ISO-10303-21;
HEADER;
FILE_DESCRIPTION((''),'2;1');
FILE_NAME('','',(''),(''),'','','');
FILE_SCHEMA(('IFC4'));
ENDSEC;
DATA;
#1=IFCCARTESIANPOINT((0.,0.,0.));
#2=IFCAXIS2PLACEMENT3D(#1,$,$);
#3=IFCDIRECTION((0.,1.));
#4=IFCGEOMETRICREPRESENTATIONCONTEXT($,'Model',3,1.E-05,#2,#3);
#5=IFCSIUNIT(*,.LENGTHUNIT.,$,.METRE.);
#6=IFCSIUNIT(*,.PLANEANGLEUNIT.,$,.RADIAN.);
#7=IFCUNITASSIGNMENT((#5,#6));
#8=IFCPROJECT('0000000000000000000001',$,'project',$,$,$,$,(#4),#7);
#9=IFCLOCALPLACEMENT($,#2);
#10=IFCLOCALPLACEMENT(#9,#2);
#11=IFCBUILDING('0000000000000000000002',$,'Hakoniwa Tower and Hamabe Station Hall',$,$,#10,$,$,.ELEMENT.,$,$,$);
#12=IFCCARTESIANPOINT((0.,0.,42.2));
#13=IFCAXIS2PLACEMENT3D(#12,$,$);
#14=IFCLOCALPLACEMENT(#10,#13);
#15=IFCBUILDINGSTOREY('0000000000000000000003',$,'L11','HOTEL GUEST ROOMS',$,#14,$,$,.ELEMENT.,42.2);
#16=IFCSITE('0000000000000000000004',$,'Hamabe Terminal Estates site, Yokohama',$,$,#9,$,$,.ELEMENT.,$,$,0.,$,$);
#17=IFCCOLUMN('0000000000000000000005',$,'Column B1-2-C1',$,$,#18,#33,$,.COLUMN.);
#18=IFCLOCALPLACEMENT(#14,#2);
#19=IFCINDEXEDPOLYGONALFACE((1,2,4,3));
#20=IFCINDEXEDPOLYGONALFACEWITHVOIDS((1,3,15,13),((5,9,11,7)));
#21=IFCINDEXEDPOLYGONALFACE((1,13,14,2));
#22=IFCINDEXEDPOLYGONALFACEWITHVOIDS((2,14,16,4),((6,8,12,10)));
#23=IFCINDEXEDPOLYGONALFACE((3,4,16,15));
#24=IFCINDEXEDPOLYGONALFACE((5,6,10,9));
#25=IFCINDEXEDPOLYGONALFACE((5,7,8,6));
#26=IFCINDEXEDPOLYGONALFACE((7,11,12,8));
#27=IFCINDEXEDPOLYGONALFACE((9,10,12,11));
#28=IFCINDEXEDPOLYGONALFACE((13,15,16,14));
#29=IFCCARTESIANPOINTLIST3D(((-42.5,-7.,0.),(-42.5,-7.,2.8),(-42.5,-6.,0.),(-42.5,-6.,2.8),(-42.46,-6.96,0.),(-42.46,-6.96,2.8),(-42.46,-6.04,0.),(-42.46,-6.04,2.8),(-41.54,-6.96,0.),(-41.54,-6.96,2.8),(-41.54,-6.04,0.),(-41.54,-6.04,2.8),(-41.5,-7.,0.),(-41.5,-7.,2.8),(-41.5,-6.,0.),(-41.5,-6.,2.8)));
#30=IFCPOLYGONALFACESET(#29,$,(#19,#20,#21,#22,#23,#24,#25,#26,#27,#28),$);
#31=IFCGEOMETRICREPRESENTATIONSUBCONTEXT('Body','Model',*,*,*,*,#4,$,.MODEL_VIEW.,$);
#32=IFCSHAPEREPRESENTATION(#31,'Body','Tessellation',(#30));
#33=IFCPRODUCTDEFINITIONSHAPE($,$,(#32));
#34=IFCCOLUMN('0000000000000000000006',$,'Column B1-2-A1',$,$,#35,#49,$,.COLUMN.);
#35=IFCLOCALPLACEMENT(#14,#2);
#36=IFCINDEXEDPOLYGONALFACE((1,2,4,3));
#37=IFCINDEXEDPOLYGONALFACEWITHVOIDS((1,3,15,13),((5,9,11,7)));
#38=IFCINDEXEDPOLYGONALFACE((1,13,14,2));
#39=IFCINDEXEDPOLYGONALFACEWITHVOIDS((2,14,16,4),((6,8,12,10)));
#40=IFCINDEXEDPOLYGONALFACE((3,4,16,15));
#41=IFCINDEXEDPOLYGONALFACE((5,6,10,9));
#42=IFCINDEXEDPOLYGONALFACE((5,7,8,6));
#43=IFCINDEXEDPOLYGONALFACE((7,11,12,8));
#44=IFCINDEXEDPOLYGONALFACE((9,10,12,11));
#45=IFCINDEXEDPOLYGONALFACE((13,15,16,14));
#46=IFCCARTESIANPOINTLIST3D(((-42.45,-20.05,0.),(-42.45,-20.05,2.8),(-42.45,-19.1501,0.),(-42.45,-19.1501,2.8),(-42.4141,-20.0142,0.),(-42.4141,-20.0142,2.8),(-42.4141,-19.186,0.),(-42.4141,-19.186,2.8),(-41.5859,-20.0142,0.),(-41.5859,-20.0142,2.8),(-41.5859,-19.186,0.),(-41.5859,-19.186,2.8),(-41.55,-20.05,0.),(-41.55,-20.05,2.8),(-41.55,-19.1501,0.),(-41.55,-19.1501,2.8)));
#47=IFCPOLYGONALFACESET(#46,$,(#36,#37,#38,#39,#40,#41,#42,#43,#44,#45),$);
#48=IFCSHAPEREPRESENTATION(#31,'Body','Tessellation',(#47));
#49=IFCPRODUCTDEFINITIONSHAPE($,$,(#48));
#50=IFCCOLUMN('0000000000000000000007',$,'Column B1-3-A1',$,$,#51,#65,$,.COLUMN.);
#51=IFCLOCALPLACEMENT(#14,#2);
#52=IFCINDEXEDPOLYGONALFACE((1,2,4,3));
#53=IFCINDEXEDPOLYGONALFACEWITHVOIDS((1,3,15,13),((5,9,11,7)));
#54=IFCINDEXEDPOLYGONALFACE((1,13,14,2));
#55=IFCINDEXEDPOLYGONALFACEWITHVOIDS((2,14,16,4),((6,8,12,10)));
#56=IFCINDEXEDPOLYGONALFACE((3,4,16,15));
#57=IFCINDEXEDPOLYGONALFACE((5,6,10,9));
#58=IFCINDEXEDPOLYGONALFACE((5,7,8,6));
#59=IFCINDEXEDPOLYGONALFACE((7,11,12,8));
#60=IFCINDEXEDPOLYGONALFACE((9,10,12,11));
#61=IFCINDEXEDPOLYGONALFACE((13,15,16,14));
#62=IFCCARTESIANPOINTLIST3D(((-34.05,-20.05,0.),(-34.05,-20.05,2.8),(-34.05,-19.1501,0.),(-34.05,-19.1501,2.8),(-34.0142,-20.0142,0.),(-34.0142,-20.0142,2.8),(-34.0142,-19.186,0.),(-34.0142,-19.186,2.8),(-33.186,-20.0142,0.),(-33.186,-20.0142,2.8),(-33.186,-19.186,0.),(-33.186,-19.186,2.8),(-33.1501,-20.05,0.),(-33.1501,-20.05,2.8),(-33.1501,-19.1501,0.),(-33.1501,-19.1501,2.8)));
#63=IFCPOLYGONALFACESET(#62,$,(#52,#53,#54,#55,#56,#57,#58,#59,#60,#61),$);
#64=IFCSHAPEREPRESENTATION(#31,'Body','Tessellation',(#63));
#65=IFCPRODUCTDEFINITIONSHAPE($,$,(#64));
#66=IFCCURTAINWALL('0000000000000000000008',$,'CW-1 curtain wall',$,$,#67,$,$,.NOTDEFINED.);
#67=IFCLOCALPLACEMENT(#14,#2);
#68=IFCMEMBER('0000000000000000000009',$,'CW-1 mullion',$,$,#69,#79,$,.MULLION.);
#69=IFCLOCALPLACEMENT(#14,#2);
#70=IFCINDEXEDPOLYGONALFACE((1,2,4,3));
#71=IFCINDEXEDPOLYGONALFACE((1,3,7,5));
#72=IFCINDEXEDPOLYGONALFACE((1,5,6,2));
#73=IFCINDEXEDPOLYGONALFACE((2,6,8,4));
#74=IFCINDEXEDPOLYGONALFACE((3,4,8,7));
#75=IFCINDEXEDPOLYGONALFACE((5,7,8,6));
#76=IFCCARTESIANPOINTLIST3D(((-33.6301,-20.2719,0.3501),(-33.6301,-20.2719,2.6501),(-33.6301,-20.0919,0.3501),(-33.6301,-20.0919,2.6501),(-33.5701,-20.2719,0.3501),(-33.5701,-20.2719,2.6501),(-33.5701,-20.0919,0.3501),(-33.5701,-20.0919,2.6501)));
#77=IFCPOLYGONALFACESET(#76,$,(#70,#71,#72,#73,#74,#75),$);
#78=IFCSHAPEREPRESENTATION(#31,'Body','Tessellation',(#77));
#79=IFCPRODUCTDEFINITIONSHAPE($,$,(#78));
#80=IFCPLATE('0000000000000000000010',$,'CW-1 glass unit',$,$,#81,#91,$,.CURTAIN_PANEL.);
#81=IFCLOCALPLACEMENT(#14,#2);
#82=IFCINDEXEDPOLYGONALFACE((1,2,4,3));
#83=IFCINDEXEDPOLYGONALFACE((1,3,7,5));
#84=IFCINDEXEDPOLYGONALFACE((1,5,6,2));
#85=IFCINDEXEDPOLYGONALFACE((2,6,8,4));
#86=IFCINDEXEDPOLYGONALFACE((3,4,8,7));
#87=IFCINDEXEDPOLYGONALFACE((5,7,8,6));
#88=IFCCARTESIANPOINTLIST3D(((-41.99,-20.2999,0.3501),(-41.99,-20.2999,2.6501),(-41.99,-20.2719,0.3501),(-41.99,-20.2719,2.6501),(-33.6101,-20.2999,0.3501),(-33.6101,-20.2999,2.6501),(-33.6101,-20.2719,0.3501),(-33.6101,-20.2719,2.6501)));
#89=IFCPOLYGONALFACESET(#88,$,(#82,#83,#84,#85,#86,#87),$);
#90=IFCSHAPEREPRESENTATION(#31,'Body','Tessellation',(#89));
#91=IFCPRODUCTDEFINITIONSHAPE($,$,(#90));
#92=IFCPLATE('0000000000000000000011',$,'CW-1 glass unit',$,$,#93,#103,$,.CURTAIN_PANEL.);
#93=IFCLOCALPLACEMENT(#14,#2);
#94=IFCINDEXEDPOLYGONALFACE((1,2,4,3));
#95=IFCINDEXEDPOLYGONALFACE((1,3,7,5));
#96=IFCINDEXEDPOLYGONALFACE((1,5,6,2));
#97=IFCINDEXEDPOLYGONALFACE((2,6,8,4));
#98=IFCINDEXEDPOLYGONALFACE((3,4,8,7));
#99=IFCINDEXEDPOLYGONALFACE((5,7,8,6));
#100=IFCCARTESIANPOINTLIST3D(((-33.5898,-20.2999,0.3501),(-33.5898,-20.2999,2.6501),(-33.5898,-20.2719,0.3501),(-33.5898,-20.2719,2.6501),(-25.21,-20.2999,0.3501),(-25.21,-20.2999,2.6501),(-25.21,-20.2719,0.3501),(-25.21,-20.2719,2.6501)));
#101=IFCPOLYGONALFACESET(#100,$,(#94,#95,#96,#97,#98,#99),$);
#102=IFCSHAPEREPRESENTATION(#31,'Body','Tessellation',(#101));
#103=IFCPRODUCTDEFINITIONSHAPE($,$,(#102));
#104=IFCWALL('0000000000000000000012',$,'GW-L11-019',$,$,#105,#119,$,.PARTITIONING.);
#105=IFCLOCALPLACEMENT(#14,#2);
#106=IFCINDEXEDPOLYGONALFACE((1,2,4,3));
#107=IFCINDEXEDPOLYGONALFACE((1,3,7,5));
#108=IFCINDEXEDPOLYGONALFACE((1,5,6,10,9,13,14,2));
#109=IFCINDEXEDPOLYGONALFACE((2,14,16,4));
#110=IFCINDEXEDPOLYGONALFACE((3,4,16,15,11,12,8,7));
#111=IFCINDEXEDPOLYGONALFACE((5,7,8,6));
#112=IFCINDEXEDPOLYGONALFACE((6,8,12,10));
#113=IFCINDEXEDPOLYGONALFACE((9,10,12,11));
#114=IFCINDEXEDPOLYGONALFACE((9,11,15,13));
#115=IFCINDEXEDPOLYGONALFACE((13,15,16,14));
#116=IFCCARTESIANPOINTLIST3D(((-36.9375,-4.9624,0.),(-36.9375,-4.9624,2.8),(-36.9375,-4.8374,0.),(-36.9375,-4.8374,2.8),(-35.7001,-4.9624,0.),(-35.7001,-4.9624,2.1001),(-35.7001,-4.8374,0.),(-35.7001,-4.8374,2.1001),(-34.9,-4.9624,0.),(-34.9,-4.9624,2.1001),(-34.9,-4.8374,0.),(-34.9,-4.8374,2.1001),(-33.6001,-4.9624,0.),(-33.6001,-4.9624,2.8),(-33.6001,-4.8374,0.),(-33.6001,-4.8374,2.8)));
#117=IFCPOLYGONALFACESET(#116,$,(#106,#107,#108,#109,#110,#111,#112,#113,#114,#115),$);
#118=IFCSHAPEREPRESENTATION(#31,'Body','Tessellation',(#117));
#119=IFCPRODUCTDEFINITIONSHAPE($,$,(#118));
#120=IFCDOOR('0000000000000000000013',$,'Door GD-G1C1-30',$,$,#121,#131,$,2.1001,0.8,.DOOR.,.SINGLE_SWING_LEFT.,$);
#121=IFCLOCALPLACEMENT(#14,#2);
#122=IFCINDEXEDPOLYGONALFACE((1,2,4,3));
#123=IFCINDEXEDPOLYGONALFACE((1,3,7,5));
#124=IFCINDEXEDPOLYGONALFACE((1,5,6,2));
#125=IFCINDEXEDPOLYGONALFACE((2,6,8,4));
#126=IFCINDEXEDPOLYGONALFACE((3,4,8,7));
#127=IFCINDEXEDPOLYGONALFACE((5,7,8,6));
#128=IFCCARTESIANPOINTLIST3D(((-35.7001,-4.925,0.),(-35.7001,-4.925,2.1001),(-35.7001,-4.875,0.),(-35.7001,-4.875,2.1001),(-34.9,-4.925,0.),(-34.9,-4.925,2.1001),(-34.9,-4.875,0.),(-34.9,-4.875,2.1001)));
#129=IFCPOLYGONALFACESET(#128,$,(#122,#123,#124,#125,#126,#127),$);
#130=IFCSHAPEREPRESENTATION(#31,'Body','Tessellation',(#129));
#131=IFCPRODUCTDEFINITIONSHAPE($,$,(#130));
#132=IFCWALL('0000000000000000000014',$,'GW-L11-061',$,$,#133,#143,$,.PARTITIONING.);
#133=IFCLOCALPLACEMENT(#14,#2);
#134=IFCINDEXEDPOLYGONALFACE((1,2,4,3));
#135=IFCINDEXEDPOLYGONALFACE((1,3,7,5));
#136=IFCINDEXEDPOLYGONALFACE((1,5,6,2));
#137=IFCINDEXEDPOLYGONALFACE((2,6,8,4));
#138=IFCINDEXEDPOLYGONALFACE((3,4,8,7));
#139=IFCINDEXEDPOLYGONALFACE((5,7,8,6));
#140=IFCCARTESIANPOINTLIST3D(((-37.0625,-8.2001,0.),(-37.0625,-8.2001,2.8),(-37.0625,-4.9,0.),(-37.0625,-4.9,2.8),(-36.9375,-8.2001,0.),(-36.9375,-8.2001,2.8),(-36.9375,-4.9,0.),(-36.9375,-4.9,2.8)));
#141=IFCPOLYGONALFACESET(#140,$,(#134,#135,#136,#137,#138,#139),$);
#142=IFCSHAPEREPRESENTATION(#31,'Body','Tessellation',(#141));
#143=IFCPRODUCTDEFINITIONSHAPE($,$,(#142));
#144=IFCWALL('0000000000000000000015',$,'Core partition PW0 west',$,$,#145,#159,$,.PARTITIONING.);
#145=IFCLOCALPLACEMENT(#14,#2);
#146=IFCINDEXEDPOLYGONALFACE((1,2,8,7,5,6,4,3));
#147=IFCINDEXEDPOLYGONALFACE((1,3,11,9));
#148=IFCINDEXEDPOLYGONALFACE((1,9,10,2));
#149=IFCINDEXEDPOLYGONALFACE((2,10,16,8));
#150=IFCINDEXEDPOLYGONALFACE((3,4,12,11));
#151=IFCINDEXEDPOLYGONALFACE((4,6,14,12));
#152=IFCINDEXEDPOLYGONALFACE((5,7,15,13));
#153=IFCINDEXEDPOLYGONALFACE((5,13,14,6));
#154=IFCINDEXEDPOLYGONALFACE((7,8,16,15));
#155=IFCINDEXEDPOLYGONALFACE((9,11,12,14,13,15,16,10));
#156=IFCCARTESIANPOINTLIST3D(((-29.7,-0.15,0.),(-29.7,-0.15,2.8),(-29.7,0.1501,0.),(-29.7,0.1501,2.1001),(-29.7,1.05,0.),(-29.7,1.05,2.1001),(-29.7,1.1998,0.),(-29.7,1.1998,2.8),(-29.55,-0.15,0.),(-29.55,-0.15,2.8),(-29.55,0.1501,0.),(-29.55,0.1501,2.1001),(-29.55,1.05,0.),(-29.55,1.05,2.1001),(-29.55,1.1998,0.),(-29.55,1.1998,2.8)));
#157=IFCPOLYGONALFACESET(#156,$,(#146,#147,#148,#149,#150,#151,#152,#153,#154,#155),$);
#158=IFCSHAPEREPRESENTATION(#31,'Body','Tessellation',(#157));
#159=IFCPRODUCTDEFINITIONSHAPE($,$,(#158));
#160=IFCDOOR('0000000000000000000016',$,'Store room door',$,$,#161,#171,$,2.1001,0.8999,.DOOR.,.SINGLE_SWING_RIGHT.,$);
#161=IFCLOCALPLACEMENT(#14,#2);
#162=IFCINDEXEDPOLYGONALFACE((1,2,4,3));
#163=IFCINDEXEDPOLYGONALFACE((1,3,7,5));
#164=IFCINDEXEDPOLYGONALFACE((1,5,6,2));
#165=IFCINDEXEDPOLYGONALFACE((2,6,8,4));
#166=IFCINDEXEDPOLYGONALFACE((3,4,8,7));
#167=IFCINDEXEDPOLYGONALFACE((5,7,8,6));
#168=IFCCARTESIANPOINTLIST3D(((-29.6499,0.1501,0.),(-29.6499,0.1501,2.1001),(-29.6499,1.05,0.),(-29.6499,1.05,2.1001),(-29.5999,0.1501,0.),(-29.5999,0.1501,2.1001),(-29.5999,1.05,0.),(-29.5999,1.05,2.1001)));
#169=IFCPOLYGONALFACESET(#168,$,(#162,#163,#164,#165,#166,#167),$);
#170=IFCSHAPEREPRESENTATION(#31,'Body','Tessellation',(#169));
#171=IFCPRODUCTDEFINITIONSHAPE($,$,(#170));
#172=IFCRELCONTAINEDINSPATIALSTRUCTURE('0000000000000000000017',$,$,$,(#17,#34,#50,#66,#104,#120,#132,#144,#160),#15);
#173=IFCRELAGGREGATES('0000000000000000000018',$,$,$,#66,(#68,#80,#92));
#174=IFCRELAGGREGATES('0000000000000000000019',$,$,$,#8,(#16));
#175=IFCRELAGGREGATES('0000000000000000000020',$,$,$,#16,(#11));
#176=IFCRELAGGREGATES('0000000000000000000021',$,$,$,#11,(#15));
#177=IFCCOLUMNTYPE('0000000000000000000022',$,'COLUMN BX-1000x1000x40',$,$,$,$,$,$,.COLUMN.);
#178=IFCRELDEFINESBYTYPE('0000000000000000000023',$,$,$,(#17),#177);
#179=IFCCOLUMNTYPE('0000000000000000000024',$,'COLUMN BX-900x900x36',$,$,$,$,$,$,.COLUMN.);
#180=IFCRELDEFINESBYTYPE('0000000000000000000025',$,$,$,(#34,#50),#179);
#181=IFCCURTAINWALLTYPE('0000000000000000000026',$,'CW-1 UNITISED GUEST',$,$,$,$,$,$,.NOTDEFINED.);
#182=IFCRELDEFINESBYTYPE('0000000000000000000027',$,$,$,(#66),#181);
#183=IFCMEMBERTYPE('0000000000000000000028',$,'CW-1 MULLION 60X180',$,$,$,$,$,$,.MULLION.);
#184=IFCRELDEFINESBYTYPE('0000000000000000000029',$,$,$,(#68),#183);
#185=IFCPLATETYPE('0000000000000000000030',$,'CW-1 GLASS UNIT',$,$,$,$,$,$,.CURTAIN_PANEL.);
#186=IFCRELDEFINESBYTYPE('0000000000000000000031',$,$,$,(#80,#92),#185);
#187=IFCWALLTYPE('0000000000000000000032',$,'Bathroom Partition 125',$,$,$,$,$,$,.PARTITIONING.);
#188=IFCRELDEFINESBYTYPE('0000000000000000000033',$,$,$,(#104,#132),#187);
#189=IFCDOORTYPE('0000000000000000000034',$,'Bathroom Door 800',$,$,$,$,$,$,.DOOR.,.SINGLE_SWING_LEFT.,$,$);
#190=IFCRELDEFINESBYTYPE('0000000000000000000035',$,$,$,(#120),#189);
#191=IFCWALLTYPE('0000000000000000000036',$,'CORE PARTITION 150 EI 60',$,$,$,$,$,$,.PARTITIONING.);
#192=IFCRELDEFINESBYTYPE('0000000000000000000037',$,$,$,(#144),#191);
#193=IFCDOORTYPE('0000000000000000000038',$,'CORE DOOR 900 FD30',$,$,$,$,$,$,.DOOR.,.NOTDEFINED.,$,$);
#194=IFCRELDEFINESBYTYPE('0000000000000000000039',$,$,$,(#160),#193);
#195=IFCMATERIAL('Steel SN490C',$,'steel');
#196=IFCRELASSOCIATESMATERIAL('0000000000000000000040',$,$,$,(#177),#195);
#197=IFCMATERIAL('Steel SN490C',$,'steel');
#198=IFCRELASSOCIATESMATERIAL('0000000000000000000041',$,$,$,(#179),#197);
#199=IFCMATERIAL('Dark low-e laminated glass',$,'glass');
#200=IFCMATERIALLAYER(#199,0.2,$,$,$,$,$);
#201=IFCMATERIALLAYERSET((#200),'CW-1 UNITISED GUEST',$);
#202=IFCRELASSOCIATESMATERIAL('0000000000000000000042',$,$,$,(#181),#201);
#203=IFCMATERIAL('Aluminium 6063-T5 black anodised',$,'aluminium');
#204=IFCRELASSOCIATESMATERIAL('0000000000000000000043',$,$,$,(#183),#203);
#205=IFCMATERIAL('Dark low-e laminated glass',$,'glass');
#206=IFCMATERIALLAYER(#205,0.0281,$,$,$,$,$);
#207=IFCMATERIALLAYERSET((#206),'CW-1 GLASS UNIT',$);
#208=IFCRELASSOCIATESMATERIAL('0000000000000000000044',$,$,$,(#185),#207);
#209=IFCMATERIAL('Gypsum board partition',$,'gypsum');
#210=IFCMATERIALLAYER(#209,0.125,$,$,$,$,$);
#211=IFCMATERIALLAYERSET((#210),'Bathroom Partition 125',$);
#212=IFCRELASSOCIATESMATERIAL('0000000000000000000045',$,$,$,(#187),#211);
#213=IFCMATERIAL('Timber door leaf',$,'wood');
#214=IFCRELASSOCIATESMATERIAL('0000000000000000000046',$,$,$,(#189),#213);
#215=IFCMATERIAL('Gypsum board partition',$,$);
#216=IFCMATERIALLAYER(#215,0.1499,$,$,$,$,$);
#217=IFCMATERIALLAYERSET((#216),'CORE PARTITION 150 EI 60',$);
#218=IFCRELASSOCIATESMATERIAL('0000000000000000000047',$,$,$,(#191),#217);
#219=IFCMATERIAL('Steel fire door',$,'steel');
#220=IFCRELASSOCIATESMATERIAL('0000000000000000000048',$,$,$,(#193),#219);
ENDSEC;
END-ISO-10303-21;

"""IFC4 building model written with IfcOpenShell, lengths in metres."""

from ifc_helpers import new_model, si_unit, direction, frame, frame_2d, origin, origin_2d, place, context, subcontext, project, spatial, rectangle, hollow_rectangle, extrude, material, layer, layer_set, material_profile, profile_set, type_object, element, fill, aggregate, save


model = new_model("IFC4")

# Units and contexts
model_context = context("Model", 3, precision=1e-05, world=origin(), true_north=direction((0.0, 1.0)))
body_context = subcontext(model_context, "Body", "Model", "MODEL_VIEW")
ifc_project = project(units=[si_unit("LENGTHUNIT", "METRE"), si_unit("PLANEANGLEUNIT", "RADIAN")], contexts=[model_context])

# Site, building, storey
site_placement = place(None, origin())
site = spatial("IfcSite", under=ifc_project, at=site_placement, Name="Hamabe Terminal Estates site, Yokohama", CompositionType="ELEMENT", RefElevation=0.0)
building_placement = place(site_placement, origin())
building = spatial("IfcBuilding", under=site, at=building_placement, Name="Hakoniwa Tower and Hamabe Station Hall", CompositionType="ELEMENT")
storey_placement = place(building_placement, frame((0.0, 0.0, 42.2)))
storey = spatial("IfcBuildingStorey", under=building, at=storey_placement, Name="L11", Description="HOTEL GUEST ROOMS", CompositionType="ELEMENT", Elevation=42.2)

# Columns
ifc_material_1 = material(Name="Steel SN490C", Category="steel")
ifc_material_profile_1 = material_profile(ifc_material_1, hollow_rectangle(XDim=1.0, YDim=1.0, WallThickness=0.04, at=origin_2d()), Name="BX-1000x1000x40")
ifc_profile_set_1 = profile_set([ifc_material_profile_1], Name="Steel SN490C")
column_type_1 = type_object("IfcColumnType", Name="COLUMN BX-1000x1000x40", PredefinedType="COLUMN", material=ifc_profile_set_1)
column_placement = place(storey_placement, frame((-42.0, -6.5, 0.0), z_axis=(0.0, 0.0, 1.0), x_axis=(1.0, 0.0, 0.0)))
element("IfcColumn", 1, at=column_placement, inside=storey, type_object=column_type_1, Name="Column B1-2-C1", PredefinedType="COLUMN", context=body_context, shape_type="SweptSolid", body=[
    extrude(hollow_rectangle(XDim=1.0, YDim=1.0, WallThickness=0.04, at=origin_2d()), origin(), (0.0, 0.0, 1.0), 2.8),
])
ifc_material_2 = material(Name="Steel SN490C", Category="steel")
ifc_material_profile_2 = material_profile(ifc_material_2, hollow_rectangle(XDim=0.8999, YDim=0.8999, WallThickness=0.0359, at=origin_2d()), Name="BX-900x900x36")
ifc_profile_set_2 = profile_set([ifc_material_profile_2], Name="Steel SN490C")
column_type_2 = type_object("IfcColumnType", Name="COLUMN BX-900x900x36", PredefinedType="COLUMN", material=ifc_profile_set_2)
for number, where, z_axis, x_axis, name in (
    (2, (-42.0, -19.6001, 0.0), (0.0, 0.0, 1.0), (1.0, 0.0, 0.0), "Column B1-2-A1"),
    (3, (-33.6001, -19.6001, 0.0), (0.0, 0.0, 1.0), (1.0, 0.0, 0.0), "Column B1-3-A1"),
):
    element("IfcColumn", number, at=place(storey_placement, frame(where, z_axis=z_axis, x_axis=x_axis)), inside=storey, type_object=column_type_2, Name=name, PredefinedType="COLUMN", context=body_context, shape_type="SweptSolid", body=[
        extrude(hollow_rectangle(XDim=0.8999, YDim=0.8999, WallThickness=0.0359, at=origin_2d()), origin(), (0.0, 0.0, 1.0), 2.8),
    ])

# Curtain wall, member, plates
ifc_material_3 = material(Name="Dark low-e laminated glass", Category="glass")
ifc_layer_1 = layer(ifc_material_3, 0.2)
ifc_layer_set_1 = layer_set([ifc_layer_1], Name="CW-1 UNITISED GUEST")
curtain_wall_type = type_object("IfcCurtainWallType", Name="CW-1 UNITISED GUEST", PredefinedType="NOTDEFINED", material=ifc_layer_set_1)
curtain_wall_placement = place(storey_placement, origin())
curtain_wall = element("IfcCurtainWall", 4, at=curtain_wall_placement, inside=storey, type_object=curtain_wall_type, Name="CW-1 curtain wall", PredefinedType="NOTDEFINED")
ifc_material_4 = material(Name="Aluminium 6063-T5 black anodised", Category="aluminium")
ifc_material_profile_3 = material_profile(ifc_material_4, rectangle(XDim=0.0601, YDim=0.1799, at=origin_2d()), Name="CW-1 MULLION 60X180")
ifc_profile_set_3 = profile_set([ifc_material_profile_3], Name="Aluminium 6063-T5 black anodised")
member_type = type_object("IfcMemberType", Name="CW-1 MULLION 60X180", PredefinedType="MULLION", material=ifc_profile_set_3)
member_placement = place(storey_placement, frame((-33.6001, -20.1819, 0.3501), z_axis=(0.0, 0.0, 1.0), x_axis=(1.0, 0.0, 0.0)))
member = element("IfcMember", 5, at=member_placement, type_object=member_type, Name="CW-1 mullion", PredefinedType="MULLION", context=body_context, shape_type="SweptSolid", body=[
    extrude(rectangle(XDim=0.0601, YDim=0.1799, at=origin_2d()), origin(), (0.0, 0.0, 1.0), 2.3),
])
ifc_material_5 = material(Name="Dark low-e laminated glass", Category="glass")
ifc_layer_2 = layer(ifc_material_5, 0.0281)
ifc_layer_set_2 = layer_set([ifc_layer_2], Name="CW-1 GLASS UNIT")
plate_type = type_object("IfcPlateType", Name="CW-1 GLASS UNIT", PredefinedType="CURTAIN_PANEL", material=ifc_layer_set_2)
plate_1_placement = place(storey_placement, frame((-37.8, -20.2859, 0.3501), z_axis=(0.0, 0.0, 1.0), x_axis=(1.0, 0.0, 0.0)))
plate_1 = element("IfcPlate", 6, at=plate_1_placement, type_object=plate_type, Name="CW-1 glass unit", PredefinedType="CURTAIN_PANEL", context=body_context, shape_type="SweptSolid", body=[
    extrude(rectangle(XDim=8.3799, YDim=0.0281, at=origin_2d()), origin(), (0.0, 0.0, 1.0), 2.3),
])
plate_2_placement = place(storey_placement, frame((-29.3999, -20.2859, 0.3501), z_axis=(0.0, 0.0, 1.0), x_axis=(1.0, 0.0, 0.0)))
plate_2 = element("IfcPlate", 7, at=plate_2_placement, type_object=plate_type, Name="CW-1 glass unit", PredefinedType="CURTAIN_PANEL", context=body_context, shape_type="SweptSolid", body=[
    extrude(rectangle(XDim=8.3799, YDim=0.0281, at=origin_2d()), origin(), (0.0, 0.0, 1.0), 2.3),
])
aggregate(curtain_wall, [member, plate_1, plate_2])

# Wall, opening, door
ifc_material_6 = material(Name="Gypsum board partition", Category="gypsum")
ifc_layer_3 = layer(ifc_material_6, 0.125)
ifc_layer_set_3 = layer_set([ifc_layer_3], Name="Bathroom Partition 125")
wall_type_1 = type_object("IfcWallType", Name="Bathroom Partition 125", PredefinedType="PARTITIONING", material=ifc_layer_set_3)
wall_1_placement = place(storey_placement, frame((-36.9375, -4.8999, 0.0), z_axis=(0.0, 0.0, 1.0), x_axis=(1.0, 0.0, 0.0)))
wall_1 = element("IfcWall", 8, at=wall_1_placement, inside=storey, type_object=wall_type_1, Name="GW-L11-019", PredefinedType="PARTITIONING", context=body_context, shape_type="SweptSolid", body=[
    extrude(rectangle(XDim=3.3374, YDim=0.125, at=frame_2d((1.6687, 0.0))), origin(), (0.0, 0.0, 1.0), 2.8),
])
opening_1_placement = place(wall_1_placement, frame((1.2375, 0.0, 0.0)))
opening_1 = element("IfcOpeningElement", 9, at=opening_1_placement, cuts=wall_1, PredefinedType="OPENING", context=body_context, shape_type="SweptSolid", body=[
    extrude(rectangle(XDim=0.8, YDim=2.1001, at=frame_2d((0.3999, 1.05))), frame((0.0, 0.0725, 0.0), z_axis=(0.0, -1.0, 0.0), x_axis=(1.0, 0.0, 0.0)), (0.0, 0.0, 1.0), 0.145),
])
ifc_material_7 = material(Name="Timber door leaf", Category="wood")
door_type_1 = type_object("IfcDoorType", Name="Bathroom Door 800", OperationType="SINGLE_SWING_LEFT", PredefinedType="DOOR", material=ifc_material_7)
door_1_placement = place(opening_1_placement, origin())
door_1 = element("IfcDoor", 10, at=door_1_placement, inside=storey, type_object=door_type_1, Name="Door GD-G1C1-30", OperationType="SINGLE_SWING_LEFT", OverallHeight=2.1001, OverallWidth=0.8, PredefinedType="DOOR", context=body_context, shape_type="SweptSolid", body=[
    extrude(rectangle(XDim=0.8, YDim=2.1001, at=frame_2d((0.3999, 1.05))), frame((0.0, 0.0249, 0.0), z_axis=(0.0, -1.0, 0.0), x_axis=(1.0, 0.0, 0.0)), (0.0, 0.0, 1.0), 0.05),
])
fill(opening_1, door_1)

# Wall
wall_2_placement = place(storey_placement, frame((-37.0, -8.2, 0.0), z_axis=(0.0, 0.0, 1.0), x_axis=(0.0, 1.0, 0.0)))
element("IfcWall", 11, at=wall_2_placement, inside=storey, type_object=wall_type_1, Name="GW-L11-061", PredefinedType="PARTITIONING", context=body_context, shape_type="SweptSolid", body=[
    extrude(rectangle(XDim=3.3, YDim=0.125, at=frame_2d((1.6499, 0.0))), origin(), (0.0, 0.0, 1.0), 2.8),
])

# Wall, opening, door
ifc_material_8 = material(Name="Gypsum board partition")
ifc_layer_4 = layer(ifc_material_8, 0.1499)
ifc_layer_set_4 = layer_set([ifc_layer_4], Name="CORE PARTITION 150 EI 60")
wall_type_2 = type_object("IfcWallType", Name="CORE PARTITION 150 EI 60", PredefinedType="PARTITIONING", material=ifc_layer_set_4)
wall_3_placement = place(storey_placement, frame((-29.625, -0.1499, 0.0), z_axis=(0.0, 0.0, 1.0), x_axis=(0.0, 1.0, 0.0)))
wall_3 = element("IfcWall", 12, at=wall_3_placement, inside=storey, type_object=wall_type_2, Name="Core partition PW0 west", PredefinedType="PARTITIONING", context=body_context, shape_type="SweptSolid", body=[
    extrude(rectangle(XDim=1.3499, YDim=0.1499, at=frame_2d((0.6748, 0.0))), origin(), (0.0, 0.0, 1.0), 2.8),
])
opening_2_placement = place(wall_3_placement, frame((0.3, 0.0, 0.0)))
opening_2 = element("IfcOpeningElement", 13, at=opening_2_placement, cuts=wall_3, PredefinedType="OPENING", context=body_context, shape_type="SweptSolid", body=[
    extrude(rectangle(XDim=0.8999, YDim=2.1001, at=frame_2d((0.45, 1.05))), frame((0.0, 0.085, 0.0), z_axis=(0.0, -1.0, 0.0), x_axis=(1.0, 0.0, 0.0)), (0.0, 0.0, 1.0), 0.1699),
])
ifc_material_9 = material(Name="Steel fire door", Category="steel")
door_type_2 = type_object("IfcDoorType", Name="CORE DOOR 900 FD30", OperationType="NOTDEFINED", PredefinedType="DOOR", material=ifc_material_9)
door_2_placement = place(opening_2_placement, origin())
door_2 = element("IfcDoor", 14, at=door_2_placement, inside=storey, type_object=door_type_2, Name="Store room door", OperationType="SINGLE_SWING_RIGHT", OverallHeight=2.1001, OverallWidth=0.8999, PredefinedType="DOOR", context=body_context, shape_type="SweptSolid", body=[
    extrude(rectangle(XDim=0.8999, YDim=2.1001, at=frame_2d((0.45, 1.05))), frame((0.0, 0.0249, 0.0), z_axis=(0.0, -1.0, 0.0), x_axis=(1.0, 0.0, 0.0)), (0.0, 0.0, 1.0), 0.05),
])
fill(opening_2, door_2)

save(model, "model.ifc")
